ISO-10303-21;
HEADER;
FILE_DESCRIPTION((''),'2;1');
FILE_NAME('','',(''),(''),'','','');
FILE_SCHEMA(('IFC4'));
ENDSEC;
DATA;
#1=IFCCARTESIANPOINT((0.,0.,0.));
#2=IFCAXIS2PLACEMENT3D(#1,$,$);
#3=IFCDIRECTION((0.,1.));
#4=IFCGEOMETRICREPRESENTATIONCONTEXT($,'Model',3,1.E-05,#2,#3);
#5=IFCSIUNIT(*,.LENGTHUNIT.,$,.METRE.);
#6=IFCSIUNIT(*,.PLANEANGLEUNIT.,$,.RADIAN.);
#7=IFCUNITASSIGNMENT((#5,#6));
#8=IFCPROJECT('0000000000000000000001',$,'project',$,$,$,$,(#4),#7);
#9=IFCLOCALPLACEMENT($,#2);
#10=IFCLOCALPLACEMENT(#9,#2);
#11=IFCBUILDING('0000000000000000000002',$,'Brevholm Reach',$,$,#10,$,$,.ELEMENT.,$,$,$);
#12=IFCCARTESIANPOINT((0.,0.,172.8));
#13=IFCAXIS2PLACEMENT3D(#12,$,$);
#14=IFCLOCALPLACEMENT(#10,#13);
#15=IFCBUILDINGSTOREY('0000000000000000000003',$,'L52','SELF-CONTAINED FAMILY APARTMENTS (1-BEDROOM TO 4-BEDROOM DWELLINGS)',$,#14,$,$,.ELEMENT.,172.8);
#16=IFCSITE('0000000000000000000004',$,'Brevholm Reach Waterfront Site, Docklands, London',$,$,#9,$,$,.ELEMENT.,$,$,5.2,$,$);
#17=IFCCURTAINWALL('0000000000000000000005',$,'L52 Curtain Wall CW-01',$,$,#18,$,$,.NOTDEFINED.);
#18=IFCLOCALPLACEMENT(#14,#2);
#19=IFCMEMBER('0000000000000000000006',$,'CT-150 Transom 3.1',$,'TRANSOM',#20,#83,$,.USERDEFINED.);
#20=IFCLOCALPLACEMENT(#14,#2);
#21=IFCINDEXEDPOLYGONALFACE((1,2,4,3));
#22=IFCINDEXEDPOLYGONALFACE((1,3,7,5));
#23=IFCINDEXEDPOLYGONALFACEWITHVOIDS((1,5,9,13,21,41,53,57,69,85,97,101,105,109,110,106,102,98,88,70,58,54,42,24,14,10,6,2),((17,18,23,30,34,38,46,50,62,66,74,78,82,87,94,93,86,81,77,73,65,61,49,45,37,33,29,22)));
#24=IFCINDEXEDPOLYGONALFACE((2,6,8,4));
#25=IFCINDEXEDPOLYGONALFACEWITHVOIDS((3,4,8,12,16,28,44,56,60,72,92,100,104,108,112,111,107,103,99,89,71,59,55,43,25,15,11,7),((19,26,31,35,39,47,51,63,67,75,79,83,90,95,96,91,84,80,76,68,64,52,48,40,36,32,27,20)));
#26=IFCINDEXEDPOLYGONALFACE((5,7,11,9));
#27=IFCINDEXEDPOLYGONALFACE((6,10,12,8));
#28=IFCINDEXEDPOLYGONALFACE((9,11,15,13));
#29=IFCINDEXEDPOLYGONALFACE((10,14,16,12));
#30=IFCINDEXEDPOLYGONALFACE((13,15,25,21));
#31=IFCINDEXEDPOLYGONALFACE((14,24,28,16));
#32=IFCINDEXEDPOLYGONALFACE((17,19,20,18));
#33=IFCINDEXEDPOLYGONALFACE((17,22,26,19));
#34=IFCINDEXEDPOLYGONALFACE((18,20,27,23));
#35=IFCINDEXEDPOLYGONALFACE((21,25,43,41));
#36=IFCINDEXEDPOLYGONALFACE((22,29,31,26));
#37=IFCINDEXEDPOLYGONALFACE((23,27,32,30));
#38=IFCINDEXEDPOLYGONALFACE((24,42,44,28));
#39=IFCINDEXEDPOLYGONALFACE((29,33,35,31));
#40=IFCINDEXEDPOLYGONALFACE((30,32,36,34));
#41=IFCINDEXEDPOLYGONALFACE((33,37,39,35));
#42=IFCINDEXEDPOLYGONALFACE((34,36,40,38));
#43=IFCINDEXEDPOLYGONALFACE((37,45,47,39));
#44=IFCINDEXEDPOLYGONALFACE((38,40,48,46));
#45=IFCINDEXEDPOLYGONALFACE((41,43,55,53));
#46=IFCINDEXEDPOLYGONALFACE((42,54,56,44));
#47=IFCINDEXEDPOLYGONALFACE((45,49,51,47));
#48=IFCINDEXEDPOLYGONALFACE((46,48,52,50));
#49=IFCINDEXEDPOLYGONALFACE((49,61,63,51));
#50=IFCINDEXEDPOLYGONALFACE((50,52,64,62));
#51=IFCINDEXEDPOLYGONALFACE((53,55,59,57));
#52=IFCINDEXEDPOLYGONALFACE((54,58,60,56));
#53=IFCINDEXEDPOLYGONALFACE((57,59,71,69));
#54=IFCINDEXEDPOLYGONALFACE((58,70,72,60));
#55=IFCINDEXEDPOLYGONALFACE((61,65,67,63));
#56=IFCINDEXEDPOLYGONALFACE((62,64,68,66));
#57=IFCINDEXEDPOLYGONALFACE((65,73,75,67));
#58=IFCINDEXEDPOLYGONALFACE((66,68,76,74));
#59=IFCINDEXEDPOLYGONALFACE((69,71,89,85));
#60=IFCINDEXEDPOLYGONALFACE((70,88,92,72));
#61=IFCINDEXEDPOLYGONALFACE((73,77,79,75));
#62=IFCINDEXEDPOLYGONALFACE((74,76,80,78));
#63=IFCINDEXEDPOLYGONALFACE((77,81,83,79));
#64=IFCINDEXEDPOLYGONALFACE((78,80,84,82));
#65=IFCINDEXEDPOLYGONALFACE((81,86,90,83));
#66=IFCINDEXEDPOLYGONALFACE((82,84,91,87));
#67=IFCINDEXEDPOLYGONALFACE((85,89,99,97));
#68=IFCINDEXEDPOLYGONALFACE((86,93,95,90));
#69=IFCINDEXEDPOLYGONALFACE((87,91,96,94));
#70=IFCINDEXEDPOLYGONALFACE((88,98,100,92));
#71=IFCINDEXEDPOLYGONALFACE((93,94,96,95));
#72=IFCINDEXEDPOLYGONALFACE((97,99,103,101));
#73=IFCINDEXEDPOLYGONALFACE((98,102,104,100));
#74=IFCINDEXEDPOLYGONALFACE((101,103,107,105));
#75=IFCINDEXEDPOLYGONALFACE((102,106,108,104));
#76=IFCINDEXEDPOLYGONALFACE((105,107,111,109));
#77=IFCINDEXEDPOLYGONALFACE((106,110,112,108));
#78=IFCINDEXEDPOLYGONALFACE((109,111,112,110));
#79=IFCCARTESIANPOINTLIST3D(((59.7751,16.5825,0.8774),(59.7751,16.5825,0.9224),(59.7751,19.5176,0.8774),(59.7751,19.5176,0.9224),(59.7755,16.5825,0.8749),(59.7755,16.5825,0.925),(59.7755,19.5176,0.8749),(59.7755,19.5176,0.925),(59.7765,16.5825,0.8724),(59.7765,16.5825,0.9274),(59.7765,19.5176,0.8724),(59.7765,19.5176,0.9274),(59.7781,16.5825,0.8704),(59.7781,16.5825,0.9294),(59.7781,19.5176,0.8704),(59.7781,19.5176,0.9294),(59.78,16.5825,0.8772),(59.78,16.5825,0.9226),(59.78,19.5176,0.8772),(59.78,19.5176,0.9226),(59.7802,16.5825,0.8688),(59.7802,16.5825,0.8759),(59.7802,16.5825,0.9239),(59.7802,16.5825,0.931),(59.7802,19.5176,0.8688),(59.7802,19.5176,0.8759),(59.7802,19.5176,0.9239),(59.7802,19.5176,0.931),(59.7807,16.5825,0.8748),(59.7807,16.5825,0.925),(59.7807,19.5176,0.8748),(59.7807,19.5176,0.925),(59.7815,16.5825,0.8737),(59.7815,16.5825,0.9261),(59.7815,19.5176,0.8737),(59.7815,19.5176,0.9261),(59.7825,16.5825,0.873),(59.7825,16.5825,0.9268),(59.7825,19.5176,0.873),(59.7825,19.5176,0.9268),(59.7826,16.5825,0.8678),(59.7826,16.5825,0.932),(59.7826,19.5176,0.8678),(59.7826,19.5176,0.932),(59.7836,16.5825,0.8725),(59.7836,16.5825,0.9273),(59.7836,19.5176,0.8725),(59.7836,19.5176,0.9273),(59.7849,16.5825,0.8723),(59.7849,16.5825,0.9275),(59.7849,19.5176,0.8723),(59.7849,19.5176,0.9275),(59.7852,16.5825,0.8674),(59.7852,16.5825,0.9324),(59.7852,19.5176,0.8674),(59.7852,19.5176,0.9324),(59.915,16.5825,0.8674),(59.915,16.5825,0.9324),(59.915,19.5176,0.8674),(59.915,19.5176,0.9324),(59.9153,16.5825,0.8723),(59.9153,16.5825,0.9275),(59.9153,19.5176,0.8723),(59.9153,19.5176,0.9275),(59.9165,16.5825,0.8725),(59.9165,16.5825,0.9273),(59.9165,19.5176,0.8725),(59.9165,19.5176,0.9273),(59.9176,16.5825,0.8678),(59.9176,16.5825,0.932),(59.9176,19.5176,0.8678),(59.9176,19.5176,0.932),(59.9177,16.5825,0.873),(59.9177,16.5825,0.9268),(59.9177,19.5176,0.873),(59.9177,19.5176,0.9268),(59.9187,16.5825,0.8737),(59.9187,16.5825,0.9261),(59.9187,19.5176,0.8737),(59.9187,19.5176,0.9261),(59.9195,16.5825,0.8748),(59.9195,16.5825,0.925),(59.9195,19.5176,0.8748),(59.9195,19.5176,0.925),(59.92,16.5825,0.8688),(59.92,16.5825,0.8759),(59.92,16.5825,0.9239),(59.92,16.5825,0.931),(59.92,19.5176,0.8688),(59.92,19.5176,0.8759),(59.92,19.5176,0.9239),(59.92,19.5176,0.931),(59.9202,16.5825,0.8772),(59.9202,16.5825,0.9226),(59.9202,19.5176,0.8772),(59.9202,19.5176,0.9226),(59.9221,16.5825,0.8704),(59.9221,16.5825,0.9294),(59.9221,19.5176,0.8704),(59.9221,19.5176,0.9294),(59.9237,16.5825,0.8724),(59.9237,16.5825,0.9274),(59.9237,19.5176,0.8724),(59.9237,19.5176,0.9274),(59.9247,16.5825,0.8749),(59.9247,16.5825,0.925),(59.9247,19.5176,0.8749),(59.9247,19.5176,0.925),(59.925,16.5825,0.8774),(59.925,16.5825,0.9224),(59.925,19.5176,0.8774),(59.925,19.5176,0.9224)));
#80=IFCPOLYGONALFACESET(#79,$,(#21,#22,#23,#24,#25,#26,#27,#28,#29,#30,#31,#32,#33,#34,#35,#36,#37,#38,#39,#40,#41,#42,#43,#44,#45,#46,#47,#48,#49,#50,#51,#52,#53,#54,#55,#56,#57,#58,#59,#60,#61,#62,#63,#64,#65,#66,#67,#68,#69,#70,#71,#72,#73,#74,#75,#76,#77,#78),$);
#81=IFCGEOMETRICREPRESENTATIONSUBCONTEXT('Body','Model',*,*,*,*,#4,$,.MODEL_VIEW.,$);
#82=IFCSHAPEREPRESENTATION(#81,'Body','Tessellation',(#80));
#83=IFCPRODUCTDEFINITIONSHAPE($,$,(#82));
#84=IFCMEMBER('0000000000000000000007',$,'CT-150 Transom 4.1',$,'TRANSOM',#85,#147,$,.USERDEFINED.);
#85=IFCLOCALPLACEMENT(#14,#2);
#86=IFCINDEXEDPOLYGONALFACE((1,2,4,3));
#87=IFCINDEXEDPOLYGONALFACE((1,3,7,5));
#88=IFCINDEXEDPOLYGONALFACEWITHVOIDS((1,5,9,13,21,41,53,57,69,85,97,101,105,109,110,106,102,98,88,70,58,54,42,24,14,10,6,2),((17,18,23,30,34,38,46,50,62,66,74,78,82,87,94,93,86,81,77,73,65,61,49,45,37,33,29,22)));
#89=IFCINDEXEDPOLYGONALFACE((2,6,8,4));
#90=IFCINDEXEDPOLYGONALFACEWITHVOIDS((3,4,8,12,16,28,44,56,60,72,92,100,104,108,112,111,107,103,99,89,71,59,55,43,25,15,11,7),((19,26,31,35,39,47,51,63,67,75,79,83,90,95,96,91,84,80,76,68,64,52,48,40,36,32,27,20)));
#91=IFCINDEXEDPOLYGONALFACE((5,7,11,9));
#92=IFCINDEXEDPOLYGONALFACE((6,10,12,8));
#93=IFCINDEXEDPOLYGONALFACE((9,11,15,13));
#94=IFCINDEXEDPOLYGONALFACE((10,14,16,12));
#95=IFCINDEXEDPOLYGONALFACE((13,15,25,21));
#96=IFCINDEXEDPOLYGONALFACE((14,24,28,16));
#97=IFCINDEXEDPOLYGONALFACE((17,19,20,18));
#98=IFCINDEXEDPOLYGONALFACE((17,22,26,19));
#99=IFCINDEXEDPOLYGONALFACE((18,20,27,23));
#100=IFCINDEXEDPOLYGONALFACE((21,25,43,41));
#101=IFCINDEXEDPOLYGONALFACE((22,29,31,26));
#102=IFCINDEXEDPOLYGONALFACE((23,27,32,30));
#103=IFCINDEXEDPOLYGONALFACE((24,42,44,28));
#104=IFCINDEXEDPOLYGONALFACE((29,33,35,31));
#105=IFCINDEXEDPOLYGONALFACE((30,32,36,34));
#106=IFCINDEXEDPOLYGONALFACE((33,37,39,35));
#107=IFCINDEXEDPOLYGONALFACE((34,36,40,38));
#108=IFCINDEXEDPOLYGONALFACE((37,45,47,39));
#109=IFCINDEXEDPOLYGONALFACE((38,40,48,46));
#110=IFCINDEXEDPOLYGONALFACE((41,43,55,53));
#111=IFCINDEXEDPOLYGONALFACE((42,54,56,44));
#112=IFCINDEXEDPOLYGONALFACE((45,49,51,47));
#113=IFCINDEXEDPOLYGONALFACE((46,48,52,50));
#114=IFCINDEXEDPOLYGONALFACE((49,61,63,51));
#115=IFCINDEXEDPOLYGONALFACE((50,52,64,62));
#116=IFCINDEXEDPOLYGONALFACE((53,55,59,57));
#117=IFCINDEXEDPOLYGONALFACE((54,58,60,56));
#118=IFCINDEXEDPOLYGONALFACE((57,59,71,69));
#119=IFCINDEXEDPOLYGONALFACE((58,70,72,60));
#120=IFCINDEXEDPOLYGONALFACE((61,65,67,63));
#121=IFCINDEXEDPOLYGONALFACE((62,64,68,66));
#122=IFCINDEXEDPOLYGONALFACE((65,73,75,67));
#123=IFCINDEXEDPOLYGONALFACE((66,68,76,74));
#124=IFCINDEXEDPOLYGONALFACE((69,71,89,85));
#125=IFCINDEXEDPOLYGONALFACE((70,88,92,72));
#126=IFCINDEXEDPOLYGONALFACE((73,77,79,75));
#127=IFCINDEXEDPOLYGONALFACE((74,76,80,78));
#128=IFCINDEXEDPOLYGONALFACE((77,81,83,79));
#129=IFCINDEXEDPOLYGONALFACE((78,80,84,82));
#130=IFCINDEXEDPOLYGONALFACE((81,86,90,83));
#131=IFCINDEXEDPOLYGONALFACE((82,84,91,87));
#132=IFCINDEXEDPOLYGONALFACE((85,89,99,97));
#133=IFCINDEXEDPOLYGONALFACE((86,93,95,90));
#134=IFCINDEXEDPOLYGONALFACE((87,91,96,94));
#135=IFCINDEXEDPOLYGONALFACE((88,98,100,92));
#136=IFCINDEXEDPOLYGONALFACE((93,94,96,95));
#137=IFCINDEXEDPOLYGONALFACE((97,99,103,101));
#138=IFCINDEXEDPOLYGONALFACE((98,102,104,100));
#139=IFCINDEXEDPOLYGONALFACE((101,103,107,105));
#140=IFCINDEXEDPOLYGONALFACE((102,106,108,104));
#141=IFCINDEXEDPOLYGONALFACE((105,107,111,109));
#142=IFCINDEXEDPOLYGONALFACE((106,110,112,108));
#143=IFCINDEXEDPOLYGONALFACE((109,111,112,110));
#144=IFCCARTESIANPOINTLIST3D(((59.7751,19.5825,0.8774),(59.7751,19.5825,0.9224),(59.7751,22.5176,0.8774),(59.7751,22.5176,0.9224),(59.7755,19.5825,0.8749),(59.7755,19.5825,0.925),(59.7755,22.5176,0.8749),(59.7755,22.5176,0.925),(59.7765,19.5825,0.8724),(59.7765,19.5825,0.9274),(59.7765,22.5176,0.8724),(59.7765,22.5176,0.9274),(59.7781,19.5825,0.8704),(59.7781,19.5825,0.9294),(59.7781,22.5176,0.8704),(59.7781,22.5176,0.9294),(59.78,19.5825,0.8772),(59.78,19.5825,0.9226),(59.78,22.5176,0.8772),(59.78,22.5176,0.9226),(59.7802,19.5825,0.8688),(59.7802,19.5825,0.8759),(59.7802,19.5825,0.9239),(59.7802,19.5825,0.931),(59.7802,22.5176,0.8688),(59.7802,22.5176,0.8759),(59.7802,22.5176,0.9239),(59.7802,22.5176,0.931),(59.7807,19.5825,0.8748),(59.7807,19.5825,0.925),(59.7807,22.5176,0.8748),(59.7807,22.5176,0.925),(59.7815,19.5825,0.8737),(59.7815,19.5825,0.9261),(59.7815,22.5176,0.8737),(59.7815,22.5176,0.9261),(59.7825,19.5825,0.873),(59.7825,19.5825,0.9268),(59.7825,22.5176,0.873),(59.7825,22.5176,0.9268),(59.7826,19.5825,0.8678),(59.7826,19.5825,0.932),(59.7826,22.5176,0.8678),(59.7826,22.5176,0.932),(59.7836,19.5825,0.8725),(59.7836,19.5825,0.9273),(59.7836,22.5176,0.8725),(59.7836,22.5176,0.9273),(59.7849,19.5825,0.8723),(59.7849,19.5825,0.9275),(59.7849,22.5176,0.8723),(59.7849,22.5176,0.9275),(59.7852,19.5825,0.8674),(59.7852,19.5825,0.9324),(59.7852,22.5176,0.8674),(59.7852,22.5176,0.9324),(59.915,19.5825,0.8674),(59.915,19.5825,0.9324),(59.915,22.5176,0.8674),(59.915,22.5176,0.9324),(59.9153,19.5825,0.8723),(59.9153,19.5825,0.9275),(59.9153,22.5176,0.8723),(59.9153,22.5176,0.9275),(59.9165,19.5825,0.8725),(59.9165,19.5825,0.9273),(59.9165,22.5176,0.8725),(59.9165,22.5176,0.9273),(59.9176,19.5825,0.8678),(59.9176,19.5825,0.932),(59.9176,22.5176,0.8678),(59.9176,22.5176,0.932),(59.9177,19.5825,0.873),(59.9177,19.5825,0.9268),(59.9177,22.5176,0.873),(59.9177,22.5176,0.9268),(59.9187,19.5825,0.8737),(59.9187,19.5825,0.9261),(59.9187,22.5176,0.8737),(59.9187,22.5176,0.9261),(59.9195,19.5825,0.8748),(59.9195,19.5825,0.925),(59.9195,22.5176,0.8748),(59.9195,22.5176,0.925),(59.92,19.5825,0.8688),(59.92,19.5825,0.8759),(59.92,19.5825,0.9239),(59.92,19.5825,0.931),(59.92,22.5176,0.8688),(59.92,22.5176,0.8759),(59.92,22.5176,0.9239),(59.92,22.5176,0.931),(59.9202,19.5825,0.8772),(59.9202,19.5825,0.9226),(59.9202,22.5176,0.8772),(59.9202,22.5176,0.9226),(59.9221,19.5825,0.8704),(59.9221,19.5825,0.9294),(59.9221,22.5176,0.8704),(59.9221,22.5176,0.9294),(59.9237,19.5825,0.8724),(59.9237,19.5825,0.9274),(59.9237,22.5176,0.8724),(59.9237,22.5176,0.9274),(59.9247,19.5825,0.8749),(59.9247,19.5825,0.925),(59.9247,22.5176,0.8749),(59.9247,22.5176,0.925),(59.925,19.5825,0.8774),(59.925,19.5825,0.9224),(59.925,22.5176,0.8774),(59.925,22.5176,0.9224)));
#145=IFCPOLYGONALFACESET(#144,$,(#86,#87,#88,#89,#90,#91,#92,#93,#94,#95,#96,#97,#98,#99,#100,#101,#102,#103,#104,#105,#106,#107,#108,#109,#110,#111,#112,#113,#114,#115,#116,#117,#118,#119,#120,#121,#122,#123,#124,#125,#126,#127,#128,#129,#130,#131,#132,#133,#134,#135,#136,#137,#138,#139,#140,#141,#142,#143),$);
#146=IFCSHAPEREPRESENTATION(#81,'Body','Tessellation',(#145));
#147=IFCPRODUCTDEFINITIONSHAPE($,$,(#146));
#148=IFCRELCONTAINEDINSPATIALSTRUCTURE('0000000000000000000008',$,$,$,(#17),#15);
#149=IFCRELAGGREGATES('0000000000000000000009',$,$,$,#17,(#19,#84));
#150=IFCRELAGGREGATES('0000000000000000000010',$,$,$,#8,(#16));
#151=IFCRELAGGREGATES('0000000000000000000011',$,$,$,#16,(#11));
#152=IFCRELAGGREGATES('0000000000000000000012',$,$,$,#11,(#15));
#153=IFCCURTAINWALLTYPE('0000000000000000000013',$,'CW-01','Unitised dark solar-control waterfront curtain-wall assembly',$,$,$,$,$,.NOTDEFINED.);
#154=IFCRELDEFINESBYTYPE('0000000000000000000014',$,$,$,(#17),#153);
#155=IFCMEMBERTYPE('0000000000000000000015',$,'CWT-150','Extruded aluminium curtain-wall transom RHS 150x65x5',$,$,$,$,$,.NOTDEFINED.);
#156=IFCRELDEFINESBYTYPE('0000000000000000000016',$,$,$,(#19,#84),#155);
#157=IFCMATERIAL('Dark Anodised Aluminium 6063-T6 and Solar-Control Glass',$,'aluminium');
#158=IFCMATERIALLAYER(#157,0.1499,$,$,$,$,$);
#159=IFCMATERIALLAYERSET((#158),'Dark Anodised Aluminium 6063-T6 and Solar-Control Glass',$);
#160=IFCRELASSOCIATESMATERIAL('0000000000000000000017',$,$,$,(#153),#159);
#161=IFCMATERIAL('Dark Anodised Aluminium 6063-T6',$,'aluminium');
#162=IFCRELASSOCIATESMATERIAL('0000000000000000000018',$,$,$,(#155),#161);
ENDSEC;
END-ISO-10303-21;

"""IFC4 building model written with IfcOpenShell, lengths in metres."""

from ifc_helpers import new_model, si_unit, direction, frame, origin, origin_2d, place, context, subcontext, project, spatial, hollow_rectangle, extrude, material, layer, layer_set, material_profile, profile_set, type_object, element, aggregate, save


model = new_model("IFC4")

# Units and contexts
model_context = context("Model", 3, precision=1e-05, world=origin(), true_north=direction((0.0, 1.0)))
body_context = subcontext(model_context, "Body", "Model", "MODEL_VIEW")
ifc_project = project(units=[si_unit("LENGTHUNIT", "METRE"), si_unit("PLANEANGLEUNIT", "RADIAN")], contexts=[model_context])

# Site, building, storey
site_placement = place(None, origin())
site = spatial("IfcSite", under=ifc_project, at=site_placement, Name="Brevholm Reach Waterfront Site, Docklands, London", CompositionType="ELEMENT", RefElevation=5.2)
building_placement = place(site_placement, origin())
building = spatial("IfcBuilding", under=site, at=building_placement, Name="Brevholm Reach", CompositionType="ELEMENT")
storey_placement = place(building_placement, frame((0.0, 0.0, 172.8)))
storey = spatial("IfcBuildingStorey", under=building, at=storey_placement, Name="L52", Description="SELF-CONTAINED FAMILY APARTMENTS (1-BEDROOM TO 4-BEDROOM DWELLINGS)", CompositionType="ELEMENT", Elevation=172.8)

# Curtain wall, members
ifc_material_1 = material(Name="Dark Anodised Aluminium 6063-T6 and Solar-Control Glass", Category="aluminium")
ifc_layer_1 = layer(ifc_material_1, 0.1499)
ifc_layer_set_1 = layer_set([ifc_layer_1], Name="Dark Anodised Aluminium 6063-T6 and Solar-Control Glass")
curtain_wall_type = type_object("IfcCurtainWallType", Name="CW-01", Description="Unitised dark solar-control waterfront curtain-wall assembly", PredefinedType="NOTDEFINED", material=ifc_layer_set_1)
curtain_wall_placement = place(storey_placement, origin())
curtain_wall = element("IfcCurtainWall", 1, at=curtain_wall_placement, inside=storey, type_object=curtain_wall_type, Name="L52 Curtain Wall CW-01", PredefinedType="NOTDEFINED")
ifc_material_2 = material(Name="Dark Anodised Aluminium 6063-T6", Category="aluminium")
ifc_material_profile_1 = material_profile(ifc_material_2, hollow_rectangle(XDim=0.0649, YDim=0.1499, WallThickness=0.0049, InnerFilletRadius=0.0049, OuterFilletRadius=0.01, at=origin_2d()), Name="RHS 150x65x5")
ifc_profile_set_1 = profile_set([ifc_material_profile_1], Name="Dark Anodised Aluminium 6063-T6")
member_type_1 = type_object("IfcMemberType", Name="CWT-150", Description="Extruded aluminium curtain-wall transom RHS 150x65x5", PredefinedType="NOTDEFINED", material=ifc_profile_set_1)
member_1_placement = place(storey_placement, frame((59.8501, 16.5825, 0.8999), z_axis=(0.0, 1.0, 0.0), x_axis=(0.0, 0.0, 1.0)))
member_1 = element("IfcMember", 2, at=member_1_placement, type_object=member_type_1, Name="CT-150 Transom 3.1", ObjectType="TRANSOM", PredefinedType="USERDEFINED", context=body_context, shape_type="SweptSolid", body=[
    extrude(hollow_rectangle(XDim=0.0649, YDim=0.1499, WallThickness=0.0049, InnerFilletRadius=0.0049, OuterFilletRadius=0.01, at=origin_2d()), origin(), (0.0, 0.0, 1.0), 2.9351),
])
member_2_placement = place(storey_placement, frame((59.8501, 19.5825, 0.8999), z_axis=(0.0, 1.0, 0.0), x_axis=(0.0, 0.0, 1.0)))
member_2 = element("IfcMember", 3, at=member_2_placement, type_object=member_type_1, Name="CT-150 Transom 4.1", ObjectType="TRANSOM", PredefinedType="USERDEFINED", context=body_context, shape_type="SweptSolid", body=[
    extrude(hollow_rectangle(XDim=0.0649, YDim=0.1499, WallThickness=0.0049, InnerFilletRadius=0.0049, OuterFilletRadius=0.01, at=origin_2d()), origin(), (0.0, 0.0, 1.0), 2.9351),
])
aggregate(curtain_wall, [member_1, member_2])

save(model, "model.ifc")
